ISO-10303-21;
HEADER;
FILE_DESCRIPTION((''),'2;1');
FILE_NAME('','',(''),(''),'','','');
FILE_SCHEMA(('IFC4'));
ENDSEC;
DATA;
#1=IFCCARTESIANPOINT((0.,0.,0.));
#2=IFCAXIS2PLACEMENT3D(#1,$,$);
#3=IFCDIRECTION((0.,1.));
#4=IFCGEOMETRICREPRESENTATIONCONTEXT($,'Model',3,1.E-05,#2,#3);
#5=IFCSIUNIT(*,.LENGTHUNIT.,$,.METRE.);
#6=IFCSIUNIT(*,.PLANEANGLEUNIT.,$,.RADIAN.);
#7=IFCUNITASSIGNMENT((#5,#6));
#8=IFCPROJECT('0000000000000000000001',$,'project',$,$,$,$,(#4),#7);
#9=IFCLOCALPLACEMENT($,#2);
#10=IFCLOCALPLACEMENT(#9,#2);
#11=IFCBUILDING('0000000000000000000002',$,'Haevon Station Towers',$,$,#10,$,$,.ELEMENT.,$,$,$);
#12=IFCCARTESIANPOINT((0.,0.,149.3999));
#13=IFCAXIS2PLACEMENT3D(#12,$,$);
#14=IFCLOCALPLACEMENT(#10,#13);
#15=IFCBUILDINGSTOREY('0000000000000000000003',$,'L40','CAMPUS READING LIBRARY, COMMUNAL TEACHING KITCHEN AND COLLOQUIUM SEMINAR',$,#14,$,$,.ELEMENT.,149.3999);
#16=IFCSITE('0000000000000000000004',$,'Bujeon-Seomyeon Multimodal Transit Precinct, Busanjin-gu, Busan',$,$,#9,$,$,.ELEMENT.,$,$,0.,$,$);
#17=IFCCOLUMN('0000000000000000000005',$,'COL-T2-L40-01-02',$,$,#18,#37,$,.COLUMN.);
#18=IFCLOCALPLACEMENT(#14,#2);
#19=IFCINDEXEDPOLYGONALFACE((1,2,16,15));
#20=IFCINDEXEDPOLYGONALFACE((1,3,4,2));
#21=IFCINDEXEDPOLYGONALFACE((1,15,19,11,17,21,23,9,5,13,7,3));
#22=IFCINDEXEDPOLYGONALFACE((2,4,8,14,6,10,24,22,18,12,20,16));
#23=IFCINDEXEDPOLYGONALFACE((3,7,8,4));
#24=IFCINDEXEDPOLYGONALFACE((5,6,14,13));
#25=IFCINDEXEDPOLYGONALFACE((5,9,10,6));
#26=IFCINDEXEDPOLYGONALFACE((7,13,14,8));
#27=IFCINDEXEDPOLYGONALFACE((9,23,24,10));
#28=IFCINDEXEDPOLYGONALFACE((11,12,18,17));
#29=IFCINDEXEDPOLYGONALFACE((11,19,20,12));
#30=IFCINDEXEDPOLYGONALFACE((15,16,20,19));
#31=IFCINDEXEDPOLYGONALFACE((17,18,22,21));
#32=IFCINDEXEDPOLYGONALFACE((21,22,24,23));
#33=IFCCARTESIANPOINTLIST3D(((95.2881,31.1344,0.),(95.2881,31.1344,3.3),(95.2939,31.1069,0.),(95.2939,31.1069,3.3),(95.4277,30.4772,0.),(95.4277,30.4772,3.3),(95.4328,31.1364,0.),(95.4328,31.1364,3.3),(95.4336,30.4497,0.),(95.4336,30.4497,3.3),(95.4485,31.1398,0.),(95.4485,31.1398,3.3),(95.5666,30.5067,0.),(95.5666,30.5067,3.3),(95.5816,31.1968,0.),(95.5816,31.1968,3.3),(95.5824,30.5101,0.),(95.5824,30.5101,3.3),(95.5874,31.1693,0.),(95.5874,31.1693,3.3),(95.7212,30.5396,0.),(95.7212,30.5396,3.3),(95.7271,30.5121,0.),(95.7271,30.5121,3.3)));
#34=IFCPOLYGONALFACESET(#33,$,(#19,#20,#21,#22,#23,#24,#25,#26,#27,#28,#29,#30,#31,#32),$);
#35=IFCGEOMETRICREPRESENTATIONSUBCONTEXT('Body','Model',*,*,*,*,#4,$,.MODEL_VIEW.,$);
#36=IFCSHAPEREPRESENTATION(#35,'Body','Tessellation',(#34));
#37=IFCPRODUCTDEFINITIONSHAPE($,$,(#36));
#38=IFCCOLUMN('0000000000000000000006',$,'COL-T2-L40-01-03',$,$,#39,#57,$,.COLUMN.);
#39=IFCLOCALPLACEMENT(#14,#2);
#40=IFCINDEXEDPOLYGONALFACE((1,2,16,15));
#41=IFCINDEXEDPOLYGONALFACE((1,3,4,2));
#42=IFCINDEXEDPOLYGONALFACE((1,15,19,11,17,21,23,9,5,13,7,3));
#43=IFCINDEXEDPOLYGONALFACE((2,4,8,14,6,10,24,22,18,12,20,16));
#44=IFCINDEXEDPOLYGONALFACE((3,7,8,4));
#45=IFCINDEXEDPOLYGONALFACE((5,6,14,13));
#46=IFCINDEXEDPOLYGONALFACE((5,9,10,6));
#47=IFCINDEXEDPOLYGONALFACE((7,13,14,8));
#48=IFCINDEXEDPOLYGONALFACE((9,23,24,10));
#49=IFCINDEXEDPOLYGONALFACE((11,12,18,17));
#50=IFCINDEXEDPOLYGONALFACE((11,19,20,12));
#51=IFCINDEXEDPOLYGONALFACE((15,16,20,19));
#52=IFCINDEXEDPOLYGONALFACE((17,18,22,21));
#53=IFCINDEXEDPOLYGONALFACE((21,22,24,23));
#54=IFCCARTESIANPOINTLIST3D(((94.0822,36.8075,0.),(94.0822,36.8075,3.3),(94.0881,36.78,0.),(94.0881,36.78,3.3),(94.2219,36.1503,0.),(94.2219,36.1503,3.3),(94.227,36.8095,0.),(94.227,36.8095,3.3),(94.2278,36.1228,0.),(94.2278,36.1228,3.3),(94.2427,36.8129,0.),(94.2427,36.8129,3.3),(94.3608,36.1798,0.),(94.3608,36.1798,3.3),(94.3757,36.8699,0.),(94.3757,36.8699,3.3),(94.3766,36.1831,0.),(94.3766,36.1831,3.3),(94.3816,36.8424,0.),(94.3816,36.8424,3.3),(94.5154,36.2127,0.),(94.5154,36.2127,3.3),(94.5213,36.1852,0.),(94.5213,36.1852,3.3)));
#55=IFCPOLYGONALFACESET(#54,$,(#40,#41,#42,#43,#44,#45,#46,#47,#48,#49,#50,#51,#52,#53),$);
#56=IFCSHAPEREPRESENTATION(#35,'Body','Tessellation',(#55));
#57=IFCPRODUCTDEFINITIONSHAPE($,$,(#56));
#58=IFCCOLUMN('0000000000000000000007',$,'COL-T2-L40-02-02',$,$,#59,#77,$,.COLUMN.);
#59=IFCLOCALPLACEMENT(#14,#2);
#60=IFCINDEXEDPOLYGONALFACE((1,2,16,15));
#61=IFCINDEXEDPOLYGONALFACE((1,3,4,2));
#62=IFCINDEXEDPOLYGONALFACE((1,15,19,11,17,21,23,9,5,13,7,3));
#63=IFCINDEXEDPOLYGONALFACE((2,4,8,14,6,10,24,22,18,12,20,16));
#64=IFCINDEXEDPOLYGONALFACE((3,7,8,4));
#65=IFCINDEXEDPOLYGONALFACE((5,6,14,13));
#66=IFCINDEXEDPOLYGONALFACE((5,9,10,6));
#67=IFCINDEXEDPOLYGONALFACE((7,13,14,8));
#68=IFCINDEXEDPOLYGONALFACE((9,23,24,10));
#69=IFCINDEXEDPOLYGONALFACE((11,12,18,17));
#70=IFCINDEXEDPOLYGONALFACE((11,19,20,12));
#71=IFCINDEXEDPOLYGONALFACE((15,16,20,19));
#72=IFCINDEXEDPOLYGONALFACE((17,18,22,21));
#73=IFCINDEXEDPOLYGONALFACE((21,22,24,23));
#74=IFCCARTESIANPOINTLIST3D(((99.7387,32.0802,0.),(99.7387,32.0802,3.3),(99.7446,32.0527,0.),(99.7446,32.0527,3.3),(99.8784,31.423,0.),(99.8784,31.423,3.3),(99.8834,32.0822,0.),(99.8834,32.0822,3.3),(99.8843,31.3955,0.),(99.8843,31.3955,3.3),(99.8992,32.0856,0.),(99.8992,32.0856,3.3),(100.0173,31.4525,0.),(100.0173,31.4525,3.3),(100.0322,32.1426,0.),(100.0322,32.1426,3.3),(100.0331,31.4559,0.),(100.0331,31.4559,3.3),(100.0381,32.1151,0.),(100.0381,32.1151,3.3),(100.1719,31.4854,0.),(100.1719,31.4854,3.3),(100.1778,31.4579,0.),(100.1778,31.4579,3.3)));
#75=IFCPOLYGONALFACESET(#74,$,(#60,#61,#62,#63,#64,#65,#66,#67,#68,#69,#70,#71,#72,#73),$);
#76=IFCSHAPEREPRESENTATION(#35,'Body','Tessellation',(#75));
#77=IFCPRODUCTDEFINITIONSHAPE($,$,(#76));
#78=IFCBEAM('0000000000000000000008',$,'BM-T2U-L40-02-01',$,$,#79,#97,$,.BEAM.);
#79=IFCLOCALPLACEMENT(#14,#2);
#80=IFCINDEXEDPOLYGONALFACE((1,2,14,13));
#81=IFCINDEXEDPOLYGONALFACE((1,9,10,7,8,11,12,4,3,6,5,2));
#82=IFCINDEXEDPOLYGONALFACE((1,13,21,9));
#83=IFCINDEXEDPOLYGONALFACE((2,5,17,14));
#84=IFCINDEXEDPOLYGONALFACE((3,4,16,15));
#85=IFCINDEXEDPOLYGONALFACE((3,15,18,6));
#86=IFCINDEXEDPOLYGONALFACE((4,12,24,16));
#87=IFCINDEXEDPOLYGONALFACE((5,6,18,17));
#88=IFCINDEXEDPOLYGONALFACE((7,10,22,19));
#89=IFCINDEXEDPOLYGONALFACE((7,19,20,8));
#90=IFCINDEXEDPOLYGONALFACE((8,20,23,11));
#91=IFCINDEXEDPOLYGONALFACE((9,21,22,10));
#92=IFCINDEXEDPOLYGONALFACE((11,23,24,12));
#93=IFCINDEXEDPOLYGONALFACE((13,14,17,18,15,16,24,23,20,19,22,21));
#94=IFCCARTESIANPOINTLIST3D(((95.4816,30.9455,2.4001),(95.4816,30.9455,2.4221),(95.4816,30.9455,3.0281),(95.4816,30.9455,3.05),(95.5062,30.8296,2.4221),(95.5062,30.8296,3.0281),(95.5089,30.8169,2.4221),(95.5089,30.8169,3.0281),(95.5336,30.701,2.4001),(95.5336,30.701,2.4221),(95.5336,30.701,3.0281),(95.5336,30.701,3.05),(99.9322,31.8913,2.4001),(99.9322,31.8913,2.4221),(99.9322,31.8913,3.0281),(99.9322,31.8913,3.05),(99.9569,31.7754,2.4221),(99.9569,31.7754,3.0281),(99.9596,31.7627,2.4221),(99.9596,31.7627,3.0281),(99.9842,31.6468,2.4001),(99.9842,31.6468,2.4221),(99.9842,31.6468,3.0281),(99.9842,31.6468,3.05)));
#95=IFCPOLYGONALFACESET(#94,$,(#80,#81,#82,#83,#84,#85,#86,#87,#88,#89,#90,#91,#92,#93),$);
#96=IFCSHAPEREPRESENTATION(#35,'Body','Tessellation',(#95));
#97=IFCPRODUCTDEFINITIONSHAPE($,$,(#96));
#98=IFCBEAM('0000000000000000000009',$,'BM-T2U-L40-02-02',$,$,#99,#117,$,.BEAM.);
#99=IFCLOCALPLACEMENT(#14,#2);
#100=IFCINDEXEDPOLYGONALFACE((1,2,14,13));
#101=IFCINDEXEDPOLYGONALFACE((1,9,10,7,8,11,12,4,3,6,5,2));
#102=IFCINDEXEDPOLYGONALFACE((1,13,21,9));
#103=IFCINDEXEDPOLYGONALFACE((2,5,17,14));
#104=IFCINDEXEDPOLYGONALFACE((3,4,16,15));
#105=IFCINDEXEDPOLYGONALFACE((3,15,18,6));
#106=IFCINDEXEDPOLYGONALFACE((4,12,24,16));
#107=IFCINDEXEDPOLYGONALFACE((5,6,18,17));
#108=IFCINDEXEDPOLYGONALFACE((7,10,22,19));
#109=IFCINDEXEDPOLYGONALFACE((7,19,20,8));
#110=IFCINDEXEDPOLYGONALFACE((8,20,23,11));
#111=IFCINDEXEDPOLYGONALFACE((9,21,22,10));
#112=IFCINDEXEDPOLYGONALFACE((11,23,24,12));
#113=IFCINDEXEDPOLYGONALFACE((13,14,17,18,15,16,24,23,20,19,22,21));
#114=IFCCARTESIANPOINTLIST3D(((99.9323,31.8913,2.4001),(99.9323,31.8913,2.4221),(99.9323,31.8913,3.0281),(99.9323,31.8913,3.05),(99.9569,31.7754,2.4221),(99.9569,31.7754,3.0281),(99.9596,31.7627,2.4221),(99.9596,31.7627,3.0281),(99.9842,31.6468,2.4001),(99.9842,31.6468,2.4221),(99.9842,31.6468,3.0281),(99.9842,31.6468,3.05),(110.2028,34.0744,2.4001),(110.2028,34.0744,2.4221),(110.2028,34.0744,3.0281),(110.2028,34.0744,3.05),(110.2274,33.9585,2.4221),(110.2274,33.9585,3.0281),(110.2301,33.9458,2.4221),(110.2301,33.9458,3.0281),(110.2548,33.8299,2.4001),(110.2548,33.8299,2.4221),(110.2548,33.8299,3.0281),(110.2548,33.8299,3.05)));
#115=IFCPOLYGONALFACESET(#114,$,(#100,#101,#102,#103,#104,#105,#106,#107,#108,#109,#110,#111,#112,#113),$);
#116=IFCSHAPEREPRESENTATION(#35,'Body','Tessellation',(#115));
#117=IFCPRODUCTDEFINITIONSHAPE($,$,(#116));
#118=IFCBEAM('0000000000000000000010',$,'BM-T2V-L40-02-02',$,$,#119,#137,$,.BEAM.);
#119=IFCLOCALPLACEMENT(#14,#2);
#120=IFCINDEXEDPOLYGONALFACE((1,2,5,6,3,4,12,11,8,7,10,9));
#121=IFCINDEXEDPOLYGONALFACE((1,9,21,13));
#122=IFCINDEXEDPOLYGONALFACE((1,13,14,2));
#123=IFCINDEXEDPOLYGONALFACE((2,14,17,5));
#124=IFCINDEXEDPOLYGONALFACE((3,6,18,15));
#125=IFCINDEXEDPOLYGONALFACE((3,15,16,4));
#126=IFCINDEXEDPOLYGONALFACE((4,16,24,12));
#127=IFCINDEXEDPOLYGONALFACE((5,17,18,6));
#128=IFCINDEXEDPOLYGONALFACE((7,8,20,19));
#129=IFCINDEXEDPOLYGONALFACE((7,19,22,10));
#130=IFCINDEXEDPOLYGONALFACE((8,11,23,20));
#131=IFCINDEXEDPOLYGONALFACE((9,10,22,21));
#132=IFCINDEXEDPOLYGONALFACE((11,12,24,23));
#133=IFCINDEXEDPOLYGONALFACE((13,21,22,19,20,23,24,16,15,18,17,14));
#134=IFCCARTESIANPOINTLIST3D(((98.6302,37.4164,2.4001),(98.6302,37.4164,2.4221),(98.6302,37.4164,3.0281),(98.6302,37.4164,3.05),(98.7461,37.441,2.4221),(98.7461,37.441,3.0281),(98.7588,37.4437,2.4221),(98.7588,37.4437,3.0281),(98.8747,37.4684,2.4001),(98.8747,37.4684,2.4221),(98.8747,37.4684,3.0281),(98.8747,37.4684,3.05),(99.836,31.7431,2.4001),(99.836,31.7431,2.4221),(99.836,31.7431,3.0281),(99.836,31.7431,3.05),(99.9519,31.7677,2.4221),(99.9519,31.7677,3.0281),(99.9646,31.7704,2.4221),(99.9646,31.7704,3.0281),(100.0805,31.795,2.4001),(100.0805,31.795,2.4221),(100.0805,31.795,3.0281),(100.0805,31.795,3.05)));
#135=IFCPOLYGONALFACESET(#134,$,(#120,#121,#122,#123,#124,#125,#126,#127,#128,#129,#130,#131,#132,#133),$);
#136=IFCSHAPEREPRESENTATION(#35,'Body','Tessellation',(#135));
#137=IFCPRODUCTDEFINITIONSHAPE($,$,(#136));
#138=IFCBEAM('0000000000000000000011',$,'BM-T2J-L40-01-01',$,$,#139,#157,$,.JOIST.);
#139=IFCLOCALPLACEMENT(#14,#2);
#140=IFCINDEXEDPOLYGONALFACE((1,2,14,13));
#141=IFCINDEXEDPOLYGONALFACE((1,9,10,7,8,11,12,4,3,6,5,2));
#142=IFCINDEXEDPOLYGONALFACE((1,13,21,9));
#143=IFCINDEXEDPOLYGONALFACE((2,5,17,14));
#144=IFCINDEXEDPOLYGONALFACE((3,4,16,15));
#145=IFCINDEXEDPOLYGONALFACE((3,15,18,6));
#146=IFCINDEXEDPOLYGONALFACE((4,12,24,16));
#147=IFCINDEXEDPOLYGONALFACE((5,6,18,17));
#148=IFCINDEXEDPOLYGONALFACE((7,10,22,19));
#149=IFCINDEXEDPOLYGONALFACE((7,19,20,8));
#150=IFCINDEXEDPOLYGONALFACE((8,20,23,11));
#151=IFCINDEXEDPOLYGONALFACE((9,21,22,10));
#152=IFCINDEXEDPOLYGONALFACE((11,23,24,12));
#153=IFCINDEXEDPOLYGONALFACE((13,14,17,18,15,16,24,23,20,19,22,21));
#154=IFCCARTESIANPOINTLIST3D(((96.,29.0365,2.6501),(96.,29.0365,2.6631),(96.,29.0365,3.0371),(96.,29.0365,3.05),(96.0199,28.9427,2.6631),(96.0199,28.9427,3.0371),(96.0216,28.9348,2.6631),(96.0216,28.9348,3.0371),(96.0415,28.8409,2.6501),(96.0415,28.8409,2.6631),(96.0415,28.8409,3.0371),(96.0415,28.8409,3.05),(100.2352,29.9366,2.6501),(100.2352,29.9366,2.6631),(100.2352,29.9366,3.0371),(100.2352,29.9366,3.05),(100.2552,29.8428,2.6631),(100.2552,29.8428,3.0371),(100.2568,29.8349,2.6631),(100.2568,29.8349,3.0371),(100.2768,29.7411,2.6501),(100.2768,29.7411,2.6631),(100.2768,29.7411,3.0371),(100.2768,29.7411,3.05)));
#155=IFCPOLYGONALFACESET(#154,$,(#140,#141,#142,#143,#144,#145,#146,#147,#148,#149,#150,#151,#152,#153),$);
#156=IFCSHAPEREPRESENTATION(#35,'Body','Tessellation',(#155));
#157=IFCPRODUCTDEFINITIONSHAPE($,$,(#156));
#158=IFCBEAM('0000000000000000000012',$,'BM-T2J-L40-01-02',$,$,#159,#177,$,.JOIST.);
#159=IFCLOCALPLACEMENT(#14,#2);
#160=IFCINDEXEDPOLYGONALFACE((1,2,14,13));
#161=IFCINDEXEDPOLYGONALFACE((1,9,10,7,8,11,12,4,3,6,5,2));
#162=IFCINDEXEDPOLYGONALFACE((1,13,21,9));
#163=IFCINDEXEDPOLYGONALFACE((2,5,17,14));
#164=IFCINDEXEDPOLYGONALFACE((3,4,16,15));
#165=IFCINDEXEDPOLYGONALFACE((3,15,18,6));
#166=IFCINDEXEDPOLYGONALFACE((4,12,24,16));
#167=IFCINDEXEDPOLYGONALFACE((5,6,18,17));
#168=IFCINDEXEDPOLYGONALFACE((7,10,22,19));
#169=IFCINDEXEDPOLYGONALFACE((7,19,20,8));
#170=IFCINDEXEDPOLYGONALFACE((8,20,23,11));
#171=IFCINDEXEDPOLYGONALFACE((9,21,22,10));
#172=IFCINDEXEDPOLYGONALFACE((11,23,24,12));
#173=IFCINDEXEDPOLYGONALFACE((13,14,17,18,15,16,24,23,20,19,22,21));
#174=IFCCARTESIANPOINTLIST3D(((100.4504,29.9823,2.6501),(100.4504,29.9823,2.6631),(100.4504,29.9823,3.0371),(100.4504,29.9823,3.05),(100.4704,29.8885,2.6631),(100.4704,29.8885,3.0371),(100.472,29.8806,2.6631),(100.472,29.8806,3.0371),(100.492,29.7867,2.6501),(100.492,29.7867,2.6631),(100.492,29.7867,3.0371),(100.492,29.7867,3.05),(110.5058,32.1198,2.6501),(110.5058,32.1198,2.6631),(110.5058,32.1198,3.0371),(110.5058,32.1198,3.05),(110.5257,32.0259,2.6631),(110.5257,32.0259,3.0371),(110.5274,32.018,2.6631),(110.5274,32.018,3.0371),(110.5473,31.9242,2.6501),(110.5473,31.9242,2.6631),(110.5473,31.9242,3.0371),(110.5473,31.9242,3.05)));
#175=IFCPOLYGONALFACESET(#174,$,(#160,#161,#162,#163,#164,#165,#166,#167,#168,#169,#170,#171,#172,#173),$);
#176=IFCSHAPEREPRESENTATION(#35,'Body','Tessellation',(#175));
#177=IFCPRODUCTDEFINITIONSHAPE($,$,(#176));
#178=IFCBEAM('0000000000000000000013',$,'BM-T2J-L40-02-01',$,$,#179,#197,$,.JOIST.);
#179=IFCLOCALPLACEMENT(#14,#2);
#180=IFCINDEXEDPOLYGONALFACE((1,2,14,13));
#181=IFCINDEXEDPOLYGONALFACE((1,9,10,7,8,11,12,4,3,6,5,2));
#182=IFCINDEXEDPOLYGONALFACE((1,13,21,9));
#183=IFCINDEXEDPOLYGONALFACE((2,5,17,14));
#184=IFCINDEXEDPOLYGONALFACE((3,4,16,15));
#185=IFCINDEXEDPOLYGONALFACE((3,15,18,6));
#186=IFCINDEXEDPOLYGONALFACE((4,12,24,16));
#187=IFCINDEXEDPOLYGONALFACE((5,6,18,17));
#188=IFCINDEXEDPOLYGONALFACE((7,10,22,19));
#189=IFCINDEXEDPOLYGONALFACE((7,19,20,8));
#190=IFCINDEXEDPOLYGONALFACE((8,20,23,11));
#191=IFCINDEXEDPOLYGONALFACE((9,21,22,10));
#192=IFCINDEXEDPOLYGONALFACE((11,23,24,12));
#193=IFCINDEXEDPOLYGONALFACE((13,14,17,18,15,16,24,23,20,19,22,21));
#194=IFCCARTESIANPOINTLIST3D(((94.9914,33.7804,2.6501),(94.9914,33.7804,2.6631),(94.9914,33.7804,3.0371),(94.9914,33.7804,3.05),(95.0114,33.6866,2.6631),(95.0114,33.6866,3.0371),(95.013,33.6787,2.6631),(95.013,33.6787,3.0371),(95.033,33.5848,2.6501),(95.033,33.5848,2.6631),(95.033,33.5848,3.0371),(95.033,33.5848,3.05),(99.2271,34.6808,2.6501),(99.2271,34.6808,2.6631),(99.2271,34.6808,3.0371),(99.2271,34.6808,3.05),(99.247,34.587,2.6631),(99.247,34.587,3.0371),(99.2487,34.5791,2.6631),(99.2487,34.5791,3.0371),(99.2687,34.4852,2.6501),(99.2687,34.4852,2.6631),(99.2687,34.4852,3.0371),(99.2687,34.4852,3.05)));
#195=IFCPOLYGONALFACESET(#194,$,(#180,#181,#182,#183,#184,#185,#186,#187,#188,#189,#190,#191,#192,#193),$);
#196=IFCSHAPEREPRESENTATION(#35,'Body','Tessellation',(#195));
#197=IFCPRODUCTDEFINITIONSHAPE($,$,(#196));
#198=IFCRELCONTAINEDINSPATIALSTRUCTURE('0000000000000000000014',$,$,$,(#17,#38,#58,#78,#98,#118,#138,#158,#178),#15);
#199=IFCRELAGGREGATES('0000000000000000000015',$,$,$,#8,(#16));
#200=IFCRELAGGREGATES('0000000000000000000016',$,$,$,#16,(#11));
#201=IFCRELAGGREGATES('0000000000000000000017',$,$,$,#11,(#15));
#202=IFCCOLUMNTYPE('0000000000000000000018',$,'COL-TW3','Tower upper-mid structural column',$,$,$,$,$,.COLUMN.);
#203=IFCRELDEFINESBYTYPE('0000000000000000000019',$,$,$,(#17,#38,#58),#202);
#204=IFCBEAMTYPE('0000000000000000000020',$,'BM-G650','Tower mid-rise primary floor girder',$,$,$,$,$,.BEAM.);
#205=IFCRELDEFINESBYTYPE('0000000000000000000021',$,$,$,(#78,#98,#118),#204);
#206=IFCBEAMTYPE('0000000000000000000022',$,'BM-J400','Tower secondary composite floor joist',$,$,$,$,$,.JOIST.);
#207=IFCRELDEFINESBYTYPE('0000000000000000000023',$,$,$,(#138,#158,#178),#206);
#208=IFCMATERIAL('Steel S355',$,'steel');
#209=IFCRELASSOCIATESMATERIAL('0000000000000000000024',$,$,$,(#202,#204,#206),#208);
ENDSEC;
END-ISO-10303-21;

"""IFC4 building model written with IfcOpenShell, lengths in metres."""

from ifc_helpers import new_model, si_unit, direction, frame, origin, origin_2d, place, context, subcontext, project, spatial, i_section, extrude, material, material_profile, profile_set, type_object, element, save


model = new_model("IFC4")

# Units and contexts
model_context = context("Model", 3, precision=1e-05, world=origin(), true_north=direction((0.0, 1.0)))
body_context = subcontext(model_context, "Body", "Model", "MODEL_VIEW")
ifc_project = project(units=[si_unit("LENGTHUNIT", "METRE"), si_unit("PLANEANGLEUNIT", "RADIAN")], contexts=[model_context])

# Site, building, storey
site_placement = place(None, origin())
site = spatial("IfcSite", under=ifc_project, at=site_placement, Name="Bujeon-Seomyeon Multimodal Transit Precinct, Busanjin-gu, Busan", CompositionType="ELEMENT", RefElevation=0.0)
building_placement = place(site_placement, origin())
building = spatial("IfcBuilding", under=site, at=building_placement, Name="Haevon Station Towers", CompositionType="ELEMENT")
storey_placement = place(building_placement, frame((0.0, 0.0, 149.3999)))
storey = spatial("IfcBuildingStorey", under=building, at=storey_placement, Name="L40", Description="CAMPUS READING LIBRARY, COMMUNAL TEACHING KITCHEN AND COLLOQUIUM SEMINAR", CompositionType="ELEMENT", Elevation=149.3999)

# Columns
ifc_material_1 = material(Name="Steel S355", Category="steel")
ifc_material_profile_1 = material_profile(ifc_material_1, i_section(OverallWidth=0.3, OverallDepth=0.7, WebThickness=0.0161, FlangeThickness=0.0281, at=origin_2d()), Name="H-700x300x16x28")
ifc_profile_set_1 = profile_set([ifc_material_profile_1], Name="Steel S355")
column_type = type_object("IfcColumnType", Name="COL-TW3", Description="Tower upper-mid structural column", PredefinedType="COLUMN", material=ifc_profile_set_1)
for number, where, z_axis, x_axis, name in (
    (1, (95.5076, 30.8232, 0.0), (0.0, 0.0, 1.0), (0.978148, 0.207912, 0.0), "COL-T2-L40-01-02"),
    (2, (94.3018, 36.4963, 0.0), (0.0, 0.0, 1.0), (0.978148, 0.207912, 0.0), "COL-T2-L40-01-03"),
    (3, (99.9583, 31.769, 0.0), (0.0, 0.0, 1.0), (0.978148, 0.207912, 0.0), "COL-T2-L40-02-02"),
):
    element("IfcColumn", number, at=place(storey_placement, frame(where, z_axis=z_axis, x_axis=x_axis)), inside=storey, type_object=column_type, Name=name, PredefinedType="COLUMN", context=body_context, shape_type="SweptSolid", body=[
        extrude(i_section(OverallWidth=0.3, OverallDepth=0.7, WebThickness=0.0161, FlangeThickness=0.0281, at=origin_2d()), origin(), (0.0, 0.0, 1.0), 3.3),
    ])

# Beams
ifc_material_profile_2 = material_profile(ifc_material_1, i_section(OverallWidth=0.25, OverallDepth=0.6499, WebThickness=0.0129, FlangeThickness=0.022, at=origin_2d()), Name="H-650x250x13x22")
ifc_profile_set_2 = profile_set([ifc_material_profile_2], Name="Steel S355")
beam_type_1 = type_object("IfcBeamType", Name="BM-G650", Description="Tower mid-rise primary floor girder", PredefinedType="BEAM", material=ifc_profile_set_2)
beam_1_placement = place(storey_placement, frame((95.5076, 30.8232, 2.7251), z_axis=(0.978157, 0.207865, 0.0), x_axis=(-0.207865, 0.978157, 0.0)))
element("IfcBeam", 4, at=beam_1_placement, inside=storey, type_object=beam_type_1, Name="BM-T2U-L40-02-01", PredefinedType="BEAM", context=body_context, shape_type="SweptSolid", body=[
    extrude(i_section(OverallWidth=0.25, OverallDepth=0.6499, WebThickness=0.0129, FlangeThickness=0.022, at=origin_2d()), origin(), (0.0, 0.0, 1.0), 4.55),
])
beam_2_placement = place(storey_placement, frame((99.9583, 31.769, 2.7251), z_axis=(0.978147, 0.207915, 0.0), x_axis=(-0.207915, 0.978147, 0.0)))
element("IfcBeam", 5, at=beam_2_placement, inside=storey, type_object=beam_type_1, Name="BM-T2U-L40-02-02", PredefinedType="BEAM", context=body_context, shape_type="SweptSolid", body=[
    extrude(i_section(OverallWidth=0.25, OverallDepth=0.6499, WebThickness=0.0129, FlangeThickness=0.022, at=origin_2d()), origin(), (0.0, 0.0, 1.0), 10.5),
])
beam_3_placement = place(storey_placement, frame((99.9583, 31.769, 2.7251), z_axis=(-0.207896, 0.978151, 0.0), x_axis=(-0.978151, -0.207896, 0.0)))
element("IfcBeam", 6, at=beam_3_placement, inside=storey, type_object=beam_type_1, Name="BM-T2V-L40-02-02", PredefinedType="BEAM", context=body_context, shape_type="SweptSolid", body=[
    extrude(i_section(OverallWidth=0.25, OverallDepth=0.6499, WebThickness=0.0129, FlangeThickness=0.022, at=origin_2d()), origin(), (0.0, 0.0, 1.0), 5.8),
])
ifc_material_profile_3 = material_profile(ifc_material_1, i_section(OverallWidth=0.2, OverallDepth=0.3999, WebThickness=0.0081, FlangeThickness=0.0129, at=origin_2d()), Name="H-400x200x8x13")
ifc_profile_set_3 = profile_set([ifc_material_profile_3], Name="Steel S355")
beam_type_2 = type_object("IfcBeamType", Name="BM-J400", Description="Tower secondary composite floor joist", PredefinedType="JOIST", material=ifc_profile_set_3)
beam_4_placement = place(storey_placement, frame((96.0208, 28.9387, 2.8501), z_axis=(0.978153, 0.207888, 0.0), x_axis=(-0.207888, 0.978153, 0.0)))
element("IfcBeam", 7, at=beam_4_placement, inside=storey, type_object=beam_type_2, Name="BM-T2J-L40-01-01", PredefinedType="JOIST", context=body_context, shape_type="SweptSolid", body=[
    extrude(i_section(OverallWidth=0.2, OverallDepth=0.3999, WebThickness=0.0081, FlangeThickness=0.0129, at=origin_2d()), origin(), (0.0, 0.0, 1.0), 4.3298),
])
beam_5_placement = place(storey_placement, frame((100.4712, 29.8845, 2.8501), z_axis=(0.978146, 0.207922, 0.0), x_axis=(-0.207922, 0.978146, 0.0)))
element("IfcBeam", 8, at=beam_5_placement, inside=storey, type_object=beam_type_2, Name="BM-T2J-L40-01-02", PredefinedType="JOIST", context=body_context, shape_type="SweptSolid", body=[
    extrude(i_section(OverallWidth=0.2, OverallDepth=0.3999, WebThickness=0.0081, FlangeThickness=0.0129, at=origin_2d()), origin(), (0.0, 0.0, 1.0), 10.28),
])
beam_6_placement = place(storey_placement, frame((95.0122, 33.6826, 2.8501), z_axis=(0.978144, 0.207931, 0.0), x_axis=(-0.207931, 0.978144, 0.0)))
element("IfcBeam", 9, at=beam_6_placement, inside=storey, type_object=beam_type_2, Name="BM-T2J-L40-02-01", PredefinedType="JOIST", context=body_context, shape_type="SweptSolid", body=[
    extrude(i_section(OverallWidth=0.2, OverallDepth=0.3999, WebThickness=0.0081, FlangeThickness=0.0129, at=origin_2d()), origin(), (0.0, 0.0, 1.0), 4.3303),
])

save(model, "model.ifc")
